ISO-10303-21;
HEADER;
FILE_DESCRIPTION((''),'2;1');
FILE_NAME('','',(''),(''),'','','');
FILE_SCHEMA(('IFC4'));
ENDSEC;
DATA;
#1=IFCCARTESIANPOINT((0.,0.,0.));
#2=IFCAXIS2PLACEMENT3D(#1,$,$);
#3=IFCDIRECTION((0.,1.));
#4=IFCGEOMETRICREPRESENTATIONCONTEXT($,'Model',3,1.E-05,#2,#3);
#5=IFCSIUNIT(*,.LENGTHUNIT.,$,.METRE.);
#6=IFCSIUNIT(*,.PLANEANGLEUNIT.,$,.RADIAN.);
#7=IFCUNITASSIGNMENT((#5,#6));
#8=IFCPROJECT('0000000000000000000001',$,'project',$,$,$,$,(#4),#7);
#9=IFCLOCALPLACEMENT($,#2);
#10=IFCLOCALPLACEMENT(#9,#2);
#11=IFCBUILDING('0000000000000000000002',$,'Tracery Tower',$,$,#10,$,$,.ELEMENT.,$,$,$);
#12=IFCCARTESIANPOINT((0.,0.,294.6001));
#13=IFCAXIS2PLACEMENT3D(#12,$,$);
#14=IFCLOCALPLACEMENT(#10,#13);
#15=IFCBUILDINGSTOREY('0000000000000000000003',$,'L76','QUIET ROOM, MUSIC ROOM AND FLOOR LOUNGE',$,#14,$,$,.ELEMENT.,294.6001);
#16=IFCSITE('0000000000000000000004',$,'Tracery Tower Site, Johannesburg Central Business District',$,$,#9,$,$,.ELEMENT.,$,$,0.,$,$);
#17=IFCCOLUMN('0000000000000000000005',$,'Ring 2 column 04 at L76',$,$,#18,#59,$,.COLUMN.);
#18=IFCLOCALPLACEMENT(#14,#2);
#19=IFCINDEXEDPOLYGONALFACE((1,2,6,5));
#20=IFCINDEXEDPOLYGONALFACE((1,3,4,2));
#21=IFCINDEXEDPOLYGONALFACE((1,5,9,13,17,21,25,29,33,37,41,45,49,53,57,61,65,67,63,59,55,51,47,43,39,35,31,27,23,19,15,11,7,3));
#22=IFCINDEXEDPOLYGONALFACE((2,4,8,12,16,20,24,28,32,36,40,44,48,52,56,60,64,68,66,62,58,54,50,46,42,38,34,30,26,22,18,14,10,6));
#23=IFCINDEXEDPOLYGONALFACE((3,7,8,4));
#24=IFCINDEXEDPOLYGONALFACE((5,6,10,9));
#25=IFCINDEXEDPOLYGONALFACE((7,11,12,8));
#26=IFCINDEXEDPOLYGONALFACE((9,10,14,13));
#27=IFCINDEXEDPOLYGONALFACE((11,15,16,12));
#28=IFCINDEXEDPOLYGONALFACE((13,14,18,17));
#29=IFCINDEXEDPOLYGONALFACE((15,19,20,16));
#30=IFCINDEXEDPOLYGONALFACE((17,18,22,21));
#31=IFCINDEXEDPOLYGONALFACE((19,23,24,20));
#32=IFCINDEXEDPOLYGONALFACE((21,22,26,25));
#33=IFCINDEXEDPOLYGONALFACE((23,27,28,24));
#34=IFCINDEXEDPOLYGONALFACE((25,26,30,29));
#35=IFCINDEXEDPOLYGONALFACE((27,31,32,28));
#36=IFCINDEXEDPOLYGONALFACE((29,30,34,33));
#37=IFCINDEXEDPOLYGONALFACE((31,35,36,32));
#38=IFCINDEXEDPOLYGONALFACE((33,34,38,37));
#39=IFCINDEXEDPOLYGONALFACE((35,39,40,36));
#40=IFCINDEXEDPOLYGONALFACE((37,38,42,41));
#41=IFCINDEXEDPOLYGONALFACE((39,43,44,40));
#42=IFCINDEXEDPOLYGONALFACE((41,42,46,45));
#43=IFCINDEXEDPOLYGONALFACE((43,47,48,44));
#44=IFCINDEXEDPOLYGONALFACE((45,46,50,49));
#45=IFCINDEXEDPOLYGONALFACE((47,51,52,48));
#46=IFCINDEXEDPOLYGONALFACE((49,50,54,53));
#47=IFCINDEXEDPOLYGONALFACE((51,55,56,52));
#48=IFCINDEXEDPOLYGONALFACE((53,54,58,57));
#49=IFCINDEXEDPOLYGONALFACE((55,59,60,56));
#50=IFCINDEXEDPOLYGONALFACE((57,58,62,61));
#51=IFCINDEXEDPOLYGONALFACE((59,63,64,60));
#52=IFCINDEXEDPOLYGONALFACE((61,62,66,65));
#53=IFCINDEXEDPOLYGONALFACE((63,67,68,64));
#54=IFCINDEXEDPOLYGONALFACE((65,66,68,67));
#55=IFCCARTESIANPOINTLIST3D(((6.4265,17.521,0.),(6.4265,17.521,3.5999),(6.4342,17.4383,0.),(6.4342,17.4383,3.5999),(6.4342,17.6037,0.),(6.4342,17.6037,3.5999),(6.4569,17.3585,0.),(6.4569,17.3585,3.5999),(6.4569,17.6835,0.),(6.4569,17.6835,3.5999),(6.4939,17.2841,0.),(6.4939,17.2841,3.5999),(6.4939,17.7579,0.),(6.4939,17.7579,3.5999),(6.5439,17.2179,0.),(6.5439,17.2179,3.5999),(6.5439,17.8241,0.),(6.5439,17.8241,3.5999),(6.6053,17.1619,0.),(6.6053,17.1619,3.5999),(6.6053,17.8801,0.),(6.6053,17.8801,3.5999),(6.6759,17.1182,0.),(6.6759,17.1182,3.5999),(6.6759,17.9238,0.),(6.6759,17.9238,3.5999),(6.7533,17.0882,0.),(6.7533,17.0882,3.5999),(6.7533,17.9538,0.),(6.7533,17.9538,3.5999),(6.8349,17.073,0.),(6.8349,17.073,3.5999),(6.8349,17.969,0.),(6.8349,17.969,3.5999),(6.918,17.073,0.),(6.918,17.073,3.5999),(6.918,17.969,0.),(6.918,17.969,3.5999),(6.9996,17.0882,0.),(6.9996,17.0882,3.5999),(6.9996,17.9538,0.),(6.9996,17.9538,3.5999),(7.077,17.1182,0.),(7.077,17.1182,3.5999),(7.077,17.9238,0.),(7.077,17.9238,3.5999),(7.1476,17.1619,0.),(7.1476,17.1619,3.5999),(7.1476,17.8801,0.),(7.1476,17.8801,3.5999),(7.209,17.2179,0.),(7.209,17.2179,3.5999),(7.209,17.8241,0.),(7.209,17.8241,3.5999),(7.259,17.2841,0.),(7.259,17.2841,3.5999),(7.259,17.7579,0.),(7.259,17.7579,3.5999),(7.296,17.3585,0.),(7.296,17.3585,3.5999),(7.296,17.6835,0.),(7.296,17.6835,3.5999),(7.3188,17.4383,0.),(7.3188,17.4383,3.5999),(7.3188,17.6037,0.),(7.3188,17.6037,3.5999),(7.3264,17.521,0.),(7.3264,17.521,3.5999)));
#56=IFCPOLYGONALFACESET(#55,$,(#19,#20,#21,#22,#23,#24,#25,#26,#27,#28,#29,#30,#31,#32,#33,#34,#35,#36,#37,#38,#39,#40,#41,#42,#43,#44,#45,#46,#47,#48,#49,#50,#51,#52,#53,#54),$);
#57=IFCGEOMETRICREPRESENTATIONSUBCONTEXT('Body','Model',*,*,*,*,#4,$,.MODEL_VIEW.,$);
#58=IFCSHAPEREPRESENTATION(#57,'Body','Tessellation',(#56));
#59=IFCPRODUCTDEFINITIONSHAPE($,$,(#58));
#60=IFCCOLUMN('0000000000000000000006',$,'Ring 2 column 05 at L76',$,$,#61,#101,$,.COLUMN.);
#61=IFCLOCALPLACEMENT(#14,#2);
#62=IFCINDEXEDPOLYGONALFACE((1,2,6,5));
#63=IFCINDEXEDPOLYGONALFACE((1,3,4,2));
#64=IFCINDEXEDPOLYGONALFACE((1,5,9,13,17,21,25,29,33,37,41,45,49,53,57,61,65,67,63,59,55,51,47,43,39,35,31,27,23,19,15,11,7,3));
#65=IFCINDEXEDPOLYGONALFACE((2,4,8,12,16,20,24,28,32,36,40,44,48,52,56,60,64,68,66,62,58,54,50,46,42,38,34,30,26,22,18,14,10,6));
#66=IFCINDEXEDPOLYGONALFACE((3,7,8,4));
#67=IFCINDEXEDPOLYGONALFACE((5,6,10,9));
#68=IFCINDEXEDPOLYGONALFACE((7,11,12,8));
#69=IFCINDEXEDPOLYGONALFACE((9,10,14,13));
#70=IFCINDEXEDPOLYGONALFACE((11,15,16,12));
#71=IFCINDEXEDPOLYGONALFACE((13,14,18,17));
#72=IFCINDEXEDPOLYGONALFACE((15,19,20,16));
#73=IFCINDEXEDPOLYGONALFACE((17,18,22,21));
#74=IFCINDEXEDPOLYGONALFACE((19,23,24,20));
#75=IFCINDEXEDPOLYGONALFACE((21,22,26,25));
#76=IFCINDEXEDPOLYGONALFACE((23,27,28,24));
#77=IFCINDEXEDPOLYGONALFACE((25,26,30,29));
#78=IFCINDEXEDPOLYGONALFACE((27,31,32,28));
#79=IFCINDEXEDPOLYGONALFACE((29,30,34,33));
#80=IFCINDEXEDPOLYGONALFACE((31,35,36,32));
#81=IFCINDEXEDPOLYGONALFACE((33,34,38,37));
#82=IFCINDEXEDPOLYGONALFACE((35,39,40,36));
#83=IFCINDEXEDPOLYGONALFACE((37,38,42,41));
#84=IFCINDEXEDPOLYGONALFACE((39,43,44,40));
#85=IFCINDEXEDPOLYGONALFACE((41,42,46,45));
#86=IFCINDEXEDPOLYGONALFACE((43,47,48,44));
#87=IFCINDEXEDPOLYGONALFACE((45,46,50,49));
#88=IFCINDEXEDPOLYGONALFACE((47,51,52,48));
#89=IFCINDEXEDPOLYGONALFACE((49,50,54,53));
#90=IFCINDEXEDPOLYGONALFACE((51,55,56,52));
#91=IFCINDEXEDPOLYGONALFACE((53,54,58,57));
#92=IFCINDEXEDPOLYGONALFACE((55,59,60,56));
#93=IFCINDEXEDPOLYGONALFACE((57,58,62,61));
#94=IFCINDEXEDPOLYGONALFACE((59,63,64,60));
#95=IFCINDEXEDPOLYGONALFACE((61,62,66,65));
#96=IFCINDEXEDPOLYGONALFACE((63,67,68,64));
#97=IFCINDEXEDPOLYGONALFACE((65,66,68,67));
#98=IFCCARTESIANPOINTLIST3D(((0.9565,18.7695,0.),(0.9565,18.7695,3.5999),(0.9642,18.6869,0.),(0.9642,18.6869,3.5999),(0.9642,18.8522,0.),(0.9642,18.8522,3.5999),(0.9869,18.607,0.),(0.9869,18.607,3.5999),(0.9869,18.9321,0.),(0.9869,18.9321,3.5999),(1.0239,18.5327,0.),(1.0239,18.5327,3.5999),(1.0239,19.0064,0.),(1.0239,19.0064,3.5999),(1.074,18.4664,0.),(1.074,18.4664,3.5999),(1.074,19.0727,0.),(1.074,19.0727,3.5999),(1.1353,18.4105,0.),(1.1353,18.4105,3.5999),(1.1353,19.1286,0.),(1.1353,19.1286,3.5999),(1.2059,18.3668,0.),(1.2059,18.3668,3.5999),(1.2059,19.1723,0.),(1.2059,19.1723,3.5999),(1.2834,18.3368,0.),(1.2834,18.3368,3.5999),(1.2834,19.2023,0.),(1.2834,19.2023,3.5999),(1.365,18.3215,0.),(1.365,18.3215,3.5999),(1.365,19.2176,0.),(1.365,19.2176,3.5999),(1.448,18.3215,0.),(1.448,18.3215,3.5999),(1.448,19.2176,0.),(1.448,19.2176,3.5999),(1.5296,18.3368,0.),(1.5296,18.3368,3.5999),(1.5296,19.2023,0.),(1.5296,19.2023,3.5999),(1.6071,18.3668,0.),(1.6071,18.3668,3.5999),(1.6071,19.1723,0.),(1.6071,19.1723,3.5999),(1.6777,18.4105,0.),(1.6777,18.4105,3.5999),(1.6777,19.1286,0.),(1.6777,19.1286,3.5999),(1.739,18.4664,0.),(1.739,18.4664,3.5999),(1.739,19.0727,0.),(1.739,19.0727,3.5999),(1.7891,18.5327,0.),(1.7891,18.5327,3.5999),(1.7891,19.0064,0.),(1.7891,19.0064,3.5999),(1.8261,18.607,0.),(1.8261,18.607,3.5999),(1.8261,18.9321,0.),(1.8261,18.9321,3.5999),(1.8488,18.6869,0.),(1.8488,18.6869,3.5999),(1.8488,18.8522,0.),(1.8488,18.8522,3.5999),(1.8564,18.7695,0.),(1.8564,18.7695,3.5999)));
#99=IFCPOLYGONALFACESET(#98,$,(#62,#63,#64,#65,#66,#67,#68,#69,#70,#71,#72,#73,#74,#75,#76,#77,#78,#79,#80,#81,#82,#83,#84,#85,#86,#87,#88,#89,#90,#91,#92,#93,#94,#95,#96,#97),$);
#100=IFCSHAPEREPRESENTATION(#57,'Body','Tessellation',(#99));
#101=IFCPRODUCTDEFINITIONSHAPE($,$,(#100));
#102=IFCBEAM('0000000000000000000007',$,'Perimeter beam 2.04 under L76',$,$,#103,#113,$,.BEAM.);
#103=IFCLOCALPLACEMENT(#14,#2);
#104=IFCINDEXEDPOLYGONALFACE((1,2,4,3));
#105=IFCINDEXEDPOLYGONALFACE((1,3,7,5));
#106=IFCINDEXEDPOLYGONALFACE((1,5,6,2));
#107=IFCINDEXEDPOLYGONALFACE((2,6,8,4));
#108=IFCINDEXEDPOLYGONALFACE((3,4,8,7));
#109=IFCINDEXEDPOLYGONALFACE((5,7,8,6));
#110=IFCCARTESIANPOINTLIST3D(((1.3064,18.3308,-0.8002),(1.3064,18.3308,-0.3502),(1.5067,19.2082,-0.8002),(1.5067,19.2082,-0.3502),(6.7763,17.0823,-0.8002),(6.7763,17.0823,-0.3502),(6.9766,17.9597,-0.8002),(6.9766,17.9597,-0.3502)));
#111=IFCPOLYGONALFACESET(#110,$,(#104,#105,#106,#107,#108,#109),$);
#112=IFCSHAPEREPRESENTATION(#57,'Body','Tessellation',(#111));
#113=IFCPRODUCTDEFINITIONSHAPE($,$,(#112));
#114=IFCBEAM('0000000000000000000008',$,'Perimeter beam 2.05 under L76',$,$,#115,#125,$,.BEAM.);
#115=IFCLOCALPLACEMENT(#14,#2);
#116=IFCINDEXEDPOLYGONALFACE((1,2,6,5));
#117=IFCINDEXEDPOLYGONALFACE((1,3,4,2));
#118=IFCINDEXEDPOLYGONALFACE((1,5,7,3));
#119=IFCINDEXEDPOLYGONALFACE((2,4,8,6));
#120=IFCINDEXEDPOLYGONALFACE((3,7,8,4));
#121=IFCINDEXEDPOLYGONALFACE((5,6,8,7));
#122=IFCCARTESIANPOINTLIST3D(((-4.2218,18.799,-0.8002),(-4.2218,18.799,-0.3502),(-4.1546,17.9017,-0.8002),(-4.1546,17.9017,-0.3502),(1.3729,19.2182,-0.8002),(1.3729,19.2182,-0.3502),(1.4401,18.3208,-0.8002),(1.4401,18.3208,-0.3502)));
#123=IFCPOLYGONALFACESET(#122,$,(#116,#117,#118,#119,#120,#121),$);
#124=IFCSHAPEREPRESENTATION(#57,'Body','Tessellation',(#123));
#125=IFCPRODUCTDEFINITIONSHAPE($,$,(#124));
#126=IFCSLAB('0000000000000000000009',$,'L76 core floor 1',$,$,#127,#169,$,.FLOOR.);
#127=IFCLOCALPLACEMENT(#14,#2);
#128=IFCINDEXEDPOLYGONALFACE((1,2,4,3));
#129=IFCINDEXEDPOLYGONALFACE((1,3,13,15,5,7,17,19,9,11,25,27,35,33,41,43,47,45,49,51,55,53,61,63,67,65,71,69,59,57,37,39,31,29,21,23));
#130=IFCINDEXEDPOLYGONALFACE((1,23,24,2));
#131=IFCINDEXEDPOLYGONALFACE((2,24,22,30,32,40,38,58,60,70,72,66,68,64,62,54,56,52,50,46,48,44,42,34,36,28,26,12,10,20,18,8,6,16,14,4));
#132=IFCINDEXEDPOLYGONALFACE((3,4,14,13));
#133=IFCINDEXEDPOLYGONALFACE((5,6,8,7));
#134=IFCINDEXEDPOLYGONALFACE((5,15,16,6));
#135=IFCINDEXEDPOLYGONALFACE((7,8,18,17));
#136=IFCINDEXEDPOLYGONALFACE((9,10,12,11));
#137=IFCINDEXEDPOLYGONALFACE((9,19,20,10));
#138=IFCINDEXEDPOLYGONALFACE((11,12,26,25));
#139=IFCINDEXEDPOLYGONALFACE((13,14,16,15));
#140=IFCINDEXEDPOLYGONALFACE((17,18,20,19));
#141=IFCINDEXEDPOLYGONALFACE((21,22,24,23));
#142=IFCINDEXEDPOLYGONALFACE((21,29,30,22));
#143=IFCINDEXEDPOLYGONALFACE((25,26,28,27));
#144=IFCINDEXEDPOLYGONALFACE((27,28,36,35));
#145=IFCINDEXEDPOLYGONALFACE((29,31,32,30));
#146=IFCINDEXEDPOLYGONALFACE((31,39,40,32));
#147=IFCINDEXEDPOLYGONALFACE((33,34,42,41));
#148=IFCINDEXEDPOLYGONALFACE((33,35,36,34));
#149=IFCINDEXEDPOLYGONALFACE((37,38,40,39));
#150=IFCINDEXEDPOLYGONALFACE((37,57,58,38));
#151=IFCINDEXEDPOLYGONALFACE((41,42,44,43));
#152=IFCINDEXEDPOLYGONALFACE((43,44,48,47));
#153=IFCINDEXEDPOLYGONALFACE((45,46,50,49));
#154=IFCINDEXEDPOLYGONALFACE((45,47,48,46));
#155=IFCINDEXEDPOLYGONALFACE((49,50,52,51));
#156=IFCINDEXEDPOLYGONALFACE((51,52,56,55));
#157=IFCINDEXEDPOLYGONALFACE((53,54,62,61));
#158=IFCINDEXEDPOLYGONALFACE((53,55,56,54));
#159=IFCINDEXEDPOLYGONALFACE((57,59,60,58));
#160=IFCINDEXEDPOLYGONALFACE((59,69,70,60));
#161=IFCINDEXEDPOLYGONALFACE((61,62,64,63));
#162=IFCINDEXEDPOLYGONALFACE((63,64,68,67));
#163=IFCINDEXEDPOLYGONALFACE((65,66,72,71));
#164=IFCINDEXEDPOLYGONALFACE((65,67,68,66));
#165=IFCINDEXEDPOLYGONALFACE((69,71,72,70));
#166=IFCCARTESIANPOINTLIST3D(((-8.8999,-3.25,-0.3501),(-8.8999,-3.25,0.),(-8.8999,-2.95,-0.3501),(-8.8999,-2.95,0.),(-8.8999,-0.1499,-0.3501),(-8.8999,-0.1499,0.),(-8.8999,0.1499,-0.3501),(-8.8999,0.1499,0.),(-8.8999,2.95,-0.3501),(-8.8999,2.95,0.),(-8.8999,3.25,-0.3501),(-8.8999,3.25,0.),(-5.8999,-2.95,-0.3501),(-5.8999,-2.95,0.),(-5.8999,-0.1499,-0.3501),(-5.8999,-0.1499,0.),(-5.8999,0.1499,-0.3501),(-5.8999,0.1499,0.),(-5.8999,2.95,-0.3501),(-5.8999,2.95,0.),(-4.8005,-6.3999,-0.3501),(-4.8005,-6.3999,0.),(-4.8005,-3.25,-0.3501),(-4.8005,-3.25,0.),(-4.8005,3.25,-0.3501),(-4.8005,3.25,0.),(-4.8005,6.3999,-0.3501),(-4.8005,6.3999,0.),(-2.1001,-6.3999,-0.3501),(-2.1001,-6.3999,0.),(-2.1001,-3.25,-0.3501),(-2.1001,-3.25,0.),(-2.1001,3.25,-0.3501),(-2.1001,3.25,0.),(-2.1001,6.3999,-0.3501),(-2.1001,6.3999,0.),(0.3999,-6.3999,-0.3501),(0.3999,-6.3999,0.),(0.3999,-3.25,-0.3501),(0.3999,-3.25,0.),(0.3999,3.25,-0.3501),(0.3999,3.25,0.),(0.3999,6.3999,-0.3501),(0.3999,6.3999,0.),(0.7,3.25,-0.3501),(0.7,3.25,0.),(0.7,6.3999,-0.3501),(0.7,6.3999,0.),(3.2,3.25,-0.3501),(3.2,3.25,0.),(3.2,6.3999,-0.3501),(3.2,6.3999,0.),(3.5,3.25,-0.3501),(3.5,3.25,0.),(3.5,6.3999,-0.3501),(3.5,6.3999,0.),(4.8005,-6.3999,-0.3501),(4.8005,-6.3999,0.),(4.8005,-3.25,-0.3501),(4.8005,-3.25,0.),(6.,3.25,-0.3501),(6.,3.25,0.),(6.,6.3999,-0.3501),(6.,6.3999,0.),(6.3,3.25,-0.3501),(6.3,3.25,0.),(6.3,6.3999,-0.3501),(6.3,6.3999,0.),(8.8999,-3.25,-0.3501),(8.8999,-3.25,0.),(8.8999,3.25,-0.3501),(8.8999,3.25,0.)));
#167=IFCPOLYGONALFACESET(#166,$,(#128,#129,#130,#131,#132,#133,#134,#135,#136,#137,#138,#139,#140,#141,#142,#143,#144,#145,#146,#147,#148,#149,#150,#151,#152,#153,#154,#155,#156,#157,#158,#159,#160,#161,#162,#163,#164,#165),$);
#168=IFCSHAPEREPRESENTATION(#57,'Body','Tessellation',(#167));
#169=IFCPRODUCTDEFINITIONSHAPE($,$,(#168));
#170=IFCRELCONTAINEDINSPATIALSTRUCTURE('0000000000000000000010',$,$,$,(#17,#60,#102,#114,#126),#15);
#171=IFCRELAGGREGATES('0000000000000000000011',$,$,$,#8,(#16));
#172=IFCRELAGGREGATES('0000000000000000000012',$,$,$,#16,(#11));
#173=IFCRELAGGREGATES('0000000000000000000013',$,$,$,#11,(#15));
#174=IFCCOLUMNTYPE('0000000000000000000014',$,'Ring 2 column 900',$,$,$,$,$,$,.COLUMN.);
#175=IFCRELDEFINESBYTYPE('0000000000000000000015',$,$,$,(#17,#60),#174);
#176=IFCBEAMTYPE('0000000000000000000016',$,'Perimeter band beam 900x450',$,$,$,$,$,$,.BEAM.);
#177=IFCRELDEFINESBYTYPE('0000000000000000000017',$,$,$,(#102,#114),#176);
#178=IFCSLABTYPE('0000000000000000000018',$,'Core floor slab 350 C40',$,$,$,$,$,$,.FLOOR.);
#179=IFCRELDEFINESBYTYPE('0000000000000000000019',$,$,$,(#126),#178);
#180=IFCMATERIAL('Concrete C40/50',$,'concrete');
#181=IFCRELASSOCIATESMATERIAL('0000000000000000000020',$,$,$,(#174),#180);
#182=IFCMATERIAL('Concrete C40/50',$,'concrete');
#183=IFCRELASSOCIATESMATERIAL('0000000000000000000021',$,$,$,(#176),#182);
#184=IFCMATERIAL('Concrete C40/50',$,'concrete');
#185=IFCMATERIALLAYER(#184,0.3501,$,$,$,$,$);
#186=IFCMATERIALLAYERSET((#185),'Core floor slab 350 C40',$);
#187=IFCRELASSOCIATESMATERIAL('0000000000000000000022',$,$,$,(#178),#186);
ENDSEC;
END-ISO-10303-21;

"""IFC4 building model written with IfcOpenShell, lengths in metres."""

from ifc_helpers import new_model, si_unit, direction, frame, origin, origin_2d, place, context, subcontext, project, spatial, polyline, rectangle, circle, outline, extrude, material, layer, layer_set, material_profile, profile_set, type_object, element, save


model = new_model("IFC4")

# Units and contexts
model_context = context("Model", 3, precision=1e-05, world=origin(), true_north=direction((0.0, 1.0)))
body_context = subcontext(model_context, "Body", "Model", "MODEL_VIEW")
ifc_project = project(units=[si_unit("LENGTHUNIT", "METRE"), si_unit("PLANEANGLEUNIT", "RADIAN")], contexts=[model_context])

# Site, building, storey
site_placement = place(None, origin())
site = spatial("IfcSite", under=ifc_project, at=site_placement, Name="Tracery Tower Site, Johannesburg Central Business District", CompositionType="ELEMENT", RefElevation=0.0)
building_placement = place(site_placement, origin())
building = spatial("IfcBuilding", under=site, at=building_placement, Name="Tracery Tower", CompositionType="ELEMENT")
storey_placement = place(building_placement, frame((0.0, 0.0, 294.6001)))
storey = spatial("IfcBuildingStorey", under=building, at=storey_placement, Name="L76", Description="QUIET ROOM, MUSIC ROOM AND FLOOR LOUNGE", CompositionType="ELEMENT", Elevation=294.6001)

# Columns
ifc_material_1 = material(Name="Concrete C40/50", Category="concrete")
ifc_material_profile_1 = material_profile(ifc_material_1, circle(Radius=0.45, at=origin_2d()), Name="RC D900")
ifc_profile_set_1 = profile_set([ifc_material_profile_1], Name="Concrete C40/50")
column_type = type_object("IfcColumnType", Name="Ring 2 column 900", PredefinedType="COLUMN", material=ifc_profile_set_1)
for number, where, z_axis, x_axis, name in (
    (1, (6.8765, 17.521, 0.0), (0.0, 0.0, 1.0), (1.0, 0.0, 0.0), "Ring 2 column 04 at L76"),
    (2, (1.4065, 18.7695, 0.0), (0.0, 0.0, 1.0), (1.0, 0.0, 0.0), "Ring 2 column 05 at L76"),
):
    element("IfcColumn", number, at=place(storey_placement, frame(where, z_axis=z_axis, x_axis=x_axis)), inside=storey, type_object=column_type, Name=name, PredefinedType="COLUMN", context=body_context, shape_type="SweptSolid", body=[
        extrude(circle(Radius=0.45, at=origin_2d()), origin(), (0.0, 0.0, 1.0), 3.5999),
    ])

# Beams
ifc_material_2 = material(Name="Concrete C40/50", Category="concrete")
ifc_material_profile_2 = material_profile(ifc_material_2, rectangle(XDim=0.8999, YDim=0.45, at=origin_2d()), Name="RC 900x450")
ifc_profile_set_2 = profile_set([ifc_material_profile_2], Name="Concrete C40/50")
beam_type = type_object("IfcBeamType", Name="Perimeter band beam 900x450", PredefinedType="BEAM", material=ifc_profile_set_2)
beam_1_placement = place(storey_placement, frame((6.8765, 17.521, -0.5752), z_axis=(-0.974926, 0.222529, 0.0), x_axis=(-0.222529, -0.974926, 0.0)))
element("IfcBeam", 3, at=beam_1_placement, inside=storey, type_object=beam_type, Name="Perimeter beam 2.04 under L76", PredefinedType="BEAM", context=body_context, shape_type="SweptSolid", body=[
    extrude(rectangle(XDim=0.8999, YDim=0.45, at=origin_2d()), origin(), (0.0, 0.0, 1.0), 5.6106),
])
beam_2_placement = place(storey_placement, frame((1.4065, 18.7695, -0.5752), z_axis=(-0.997205, -0.074716, 0.0), x_axis=(0.074716, -0.997205, 0.0)))
element("IfcBeam", 4, at=beam_2_placement, inside=storey, type_object=beam_type, Name="Perimeter beam 2.05 under L76", PredefinedType="BEAM", context=body_context, shape_type="SweptSolid", body=[
    extrude(rectangle(XDim=0.8999, YDim=0.45, at=origin_2d()), origin(), (0.0, 0.0, 1.0), 5.6104),
])

# Slab
ifc_material_3 = material(Name="Concrete C40/50", Category="concrete")
ifc_layer_1 = layer(ifc_material_3, 0.3501)
ifc_layer_set_1 = layer_set([ifc_layer_1], Name="Core floor slab 350 C40")
slab_type_1 = type_object("IfcSlabType", Name="Core floor slab 350 C40", PredefinedType="FLOOR", material=ifc_layer_set_1)
slab_1_placement = place(storey_placement, frame((0.0, 0.0, -0.3501)))
element("IfcSlab", 5, at=slab_1_placement, inside=storey, type_object=slab_type_1, Name="L76 core floor 1", PredefinedType="FLOOR", context=body_context, shape_type="SweptSolid", body=[
    extrude(outline(polyline([(-4.8005, -3.25), (-8.8999, -3.25), (-8.8999, -2.95), (-5.8999, -2.95), (-5.8999, -0.1499), (-8.8999, -0.1499), (-8.8999, 0.1499), (-5.8999, 0.1499), (-5.8999, 2.95), (-8.8999, 2.95), (-8.8999, 3.25), (-4.8005, 3.25), (-4.8005, 6.3999), (-2.1001, 6.3999), (-2.1001, 3.25), (0.3999, 3.25), (0.3999, 6.3999), (0.7, 6.3999), (0.7, 3.25), (3.2, 3.25), (3.2, 6.3999), (3.5, 6.3999), (3.5, 3.25), (6.0, 3.25), (6.0, 6.3999), (6.3, 6.3999), (6.3, 3.25), (8.8999, 3.25), (8.8999, -3.25), (4.8005, -3.25), (4.8005, -6.3999), (0.3999, -6.3999), (0.3999, -3.25), (-2.1001, -3.25), (-2.1001, -6.3999), (-4.8005, -6.3999), (-4.8005, -3.25)])), origin(), (0.0, 0.0, 1.0), 0.3501),
])

save(model, "model.ifc")
